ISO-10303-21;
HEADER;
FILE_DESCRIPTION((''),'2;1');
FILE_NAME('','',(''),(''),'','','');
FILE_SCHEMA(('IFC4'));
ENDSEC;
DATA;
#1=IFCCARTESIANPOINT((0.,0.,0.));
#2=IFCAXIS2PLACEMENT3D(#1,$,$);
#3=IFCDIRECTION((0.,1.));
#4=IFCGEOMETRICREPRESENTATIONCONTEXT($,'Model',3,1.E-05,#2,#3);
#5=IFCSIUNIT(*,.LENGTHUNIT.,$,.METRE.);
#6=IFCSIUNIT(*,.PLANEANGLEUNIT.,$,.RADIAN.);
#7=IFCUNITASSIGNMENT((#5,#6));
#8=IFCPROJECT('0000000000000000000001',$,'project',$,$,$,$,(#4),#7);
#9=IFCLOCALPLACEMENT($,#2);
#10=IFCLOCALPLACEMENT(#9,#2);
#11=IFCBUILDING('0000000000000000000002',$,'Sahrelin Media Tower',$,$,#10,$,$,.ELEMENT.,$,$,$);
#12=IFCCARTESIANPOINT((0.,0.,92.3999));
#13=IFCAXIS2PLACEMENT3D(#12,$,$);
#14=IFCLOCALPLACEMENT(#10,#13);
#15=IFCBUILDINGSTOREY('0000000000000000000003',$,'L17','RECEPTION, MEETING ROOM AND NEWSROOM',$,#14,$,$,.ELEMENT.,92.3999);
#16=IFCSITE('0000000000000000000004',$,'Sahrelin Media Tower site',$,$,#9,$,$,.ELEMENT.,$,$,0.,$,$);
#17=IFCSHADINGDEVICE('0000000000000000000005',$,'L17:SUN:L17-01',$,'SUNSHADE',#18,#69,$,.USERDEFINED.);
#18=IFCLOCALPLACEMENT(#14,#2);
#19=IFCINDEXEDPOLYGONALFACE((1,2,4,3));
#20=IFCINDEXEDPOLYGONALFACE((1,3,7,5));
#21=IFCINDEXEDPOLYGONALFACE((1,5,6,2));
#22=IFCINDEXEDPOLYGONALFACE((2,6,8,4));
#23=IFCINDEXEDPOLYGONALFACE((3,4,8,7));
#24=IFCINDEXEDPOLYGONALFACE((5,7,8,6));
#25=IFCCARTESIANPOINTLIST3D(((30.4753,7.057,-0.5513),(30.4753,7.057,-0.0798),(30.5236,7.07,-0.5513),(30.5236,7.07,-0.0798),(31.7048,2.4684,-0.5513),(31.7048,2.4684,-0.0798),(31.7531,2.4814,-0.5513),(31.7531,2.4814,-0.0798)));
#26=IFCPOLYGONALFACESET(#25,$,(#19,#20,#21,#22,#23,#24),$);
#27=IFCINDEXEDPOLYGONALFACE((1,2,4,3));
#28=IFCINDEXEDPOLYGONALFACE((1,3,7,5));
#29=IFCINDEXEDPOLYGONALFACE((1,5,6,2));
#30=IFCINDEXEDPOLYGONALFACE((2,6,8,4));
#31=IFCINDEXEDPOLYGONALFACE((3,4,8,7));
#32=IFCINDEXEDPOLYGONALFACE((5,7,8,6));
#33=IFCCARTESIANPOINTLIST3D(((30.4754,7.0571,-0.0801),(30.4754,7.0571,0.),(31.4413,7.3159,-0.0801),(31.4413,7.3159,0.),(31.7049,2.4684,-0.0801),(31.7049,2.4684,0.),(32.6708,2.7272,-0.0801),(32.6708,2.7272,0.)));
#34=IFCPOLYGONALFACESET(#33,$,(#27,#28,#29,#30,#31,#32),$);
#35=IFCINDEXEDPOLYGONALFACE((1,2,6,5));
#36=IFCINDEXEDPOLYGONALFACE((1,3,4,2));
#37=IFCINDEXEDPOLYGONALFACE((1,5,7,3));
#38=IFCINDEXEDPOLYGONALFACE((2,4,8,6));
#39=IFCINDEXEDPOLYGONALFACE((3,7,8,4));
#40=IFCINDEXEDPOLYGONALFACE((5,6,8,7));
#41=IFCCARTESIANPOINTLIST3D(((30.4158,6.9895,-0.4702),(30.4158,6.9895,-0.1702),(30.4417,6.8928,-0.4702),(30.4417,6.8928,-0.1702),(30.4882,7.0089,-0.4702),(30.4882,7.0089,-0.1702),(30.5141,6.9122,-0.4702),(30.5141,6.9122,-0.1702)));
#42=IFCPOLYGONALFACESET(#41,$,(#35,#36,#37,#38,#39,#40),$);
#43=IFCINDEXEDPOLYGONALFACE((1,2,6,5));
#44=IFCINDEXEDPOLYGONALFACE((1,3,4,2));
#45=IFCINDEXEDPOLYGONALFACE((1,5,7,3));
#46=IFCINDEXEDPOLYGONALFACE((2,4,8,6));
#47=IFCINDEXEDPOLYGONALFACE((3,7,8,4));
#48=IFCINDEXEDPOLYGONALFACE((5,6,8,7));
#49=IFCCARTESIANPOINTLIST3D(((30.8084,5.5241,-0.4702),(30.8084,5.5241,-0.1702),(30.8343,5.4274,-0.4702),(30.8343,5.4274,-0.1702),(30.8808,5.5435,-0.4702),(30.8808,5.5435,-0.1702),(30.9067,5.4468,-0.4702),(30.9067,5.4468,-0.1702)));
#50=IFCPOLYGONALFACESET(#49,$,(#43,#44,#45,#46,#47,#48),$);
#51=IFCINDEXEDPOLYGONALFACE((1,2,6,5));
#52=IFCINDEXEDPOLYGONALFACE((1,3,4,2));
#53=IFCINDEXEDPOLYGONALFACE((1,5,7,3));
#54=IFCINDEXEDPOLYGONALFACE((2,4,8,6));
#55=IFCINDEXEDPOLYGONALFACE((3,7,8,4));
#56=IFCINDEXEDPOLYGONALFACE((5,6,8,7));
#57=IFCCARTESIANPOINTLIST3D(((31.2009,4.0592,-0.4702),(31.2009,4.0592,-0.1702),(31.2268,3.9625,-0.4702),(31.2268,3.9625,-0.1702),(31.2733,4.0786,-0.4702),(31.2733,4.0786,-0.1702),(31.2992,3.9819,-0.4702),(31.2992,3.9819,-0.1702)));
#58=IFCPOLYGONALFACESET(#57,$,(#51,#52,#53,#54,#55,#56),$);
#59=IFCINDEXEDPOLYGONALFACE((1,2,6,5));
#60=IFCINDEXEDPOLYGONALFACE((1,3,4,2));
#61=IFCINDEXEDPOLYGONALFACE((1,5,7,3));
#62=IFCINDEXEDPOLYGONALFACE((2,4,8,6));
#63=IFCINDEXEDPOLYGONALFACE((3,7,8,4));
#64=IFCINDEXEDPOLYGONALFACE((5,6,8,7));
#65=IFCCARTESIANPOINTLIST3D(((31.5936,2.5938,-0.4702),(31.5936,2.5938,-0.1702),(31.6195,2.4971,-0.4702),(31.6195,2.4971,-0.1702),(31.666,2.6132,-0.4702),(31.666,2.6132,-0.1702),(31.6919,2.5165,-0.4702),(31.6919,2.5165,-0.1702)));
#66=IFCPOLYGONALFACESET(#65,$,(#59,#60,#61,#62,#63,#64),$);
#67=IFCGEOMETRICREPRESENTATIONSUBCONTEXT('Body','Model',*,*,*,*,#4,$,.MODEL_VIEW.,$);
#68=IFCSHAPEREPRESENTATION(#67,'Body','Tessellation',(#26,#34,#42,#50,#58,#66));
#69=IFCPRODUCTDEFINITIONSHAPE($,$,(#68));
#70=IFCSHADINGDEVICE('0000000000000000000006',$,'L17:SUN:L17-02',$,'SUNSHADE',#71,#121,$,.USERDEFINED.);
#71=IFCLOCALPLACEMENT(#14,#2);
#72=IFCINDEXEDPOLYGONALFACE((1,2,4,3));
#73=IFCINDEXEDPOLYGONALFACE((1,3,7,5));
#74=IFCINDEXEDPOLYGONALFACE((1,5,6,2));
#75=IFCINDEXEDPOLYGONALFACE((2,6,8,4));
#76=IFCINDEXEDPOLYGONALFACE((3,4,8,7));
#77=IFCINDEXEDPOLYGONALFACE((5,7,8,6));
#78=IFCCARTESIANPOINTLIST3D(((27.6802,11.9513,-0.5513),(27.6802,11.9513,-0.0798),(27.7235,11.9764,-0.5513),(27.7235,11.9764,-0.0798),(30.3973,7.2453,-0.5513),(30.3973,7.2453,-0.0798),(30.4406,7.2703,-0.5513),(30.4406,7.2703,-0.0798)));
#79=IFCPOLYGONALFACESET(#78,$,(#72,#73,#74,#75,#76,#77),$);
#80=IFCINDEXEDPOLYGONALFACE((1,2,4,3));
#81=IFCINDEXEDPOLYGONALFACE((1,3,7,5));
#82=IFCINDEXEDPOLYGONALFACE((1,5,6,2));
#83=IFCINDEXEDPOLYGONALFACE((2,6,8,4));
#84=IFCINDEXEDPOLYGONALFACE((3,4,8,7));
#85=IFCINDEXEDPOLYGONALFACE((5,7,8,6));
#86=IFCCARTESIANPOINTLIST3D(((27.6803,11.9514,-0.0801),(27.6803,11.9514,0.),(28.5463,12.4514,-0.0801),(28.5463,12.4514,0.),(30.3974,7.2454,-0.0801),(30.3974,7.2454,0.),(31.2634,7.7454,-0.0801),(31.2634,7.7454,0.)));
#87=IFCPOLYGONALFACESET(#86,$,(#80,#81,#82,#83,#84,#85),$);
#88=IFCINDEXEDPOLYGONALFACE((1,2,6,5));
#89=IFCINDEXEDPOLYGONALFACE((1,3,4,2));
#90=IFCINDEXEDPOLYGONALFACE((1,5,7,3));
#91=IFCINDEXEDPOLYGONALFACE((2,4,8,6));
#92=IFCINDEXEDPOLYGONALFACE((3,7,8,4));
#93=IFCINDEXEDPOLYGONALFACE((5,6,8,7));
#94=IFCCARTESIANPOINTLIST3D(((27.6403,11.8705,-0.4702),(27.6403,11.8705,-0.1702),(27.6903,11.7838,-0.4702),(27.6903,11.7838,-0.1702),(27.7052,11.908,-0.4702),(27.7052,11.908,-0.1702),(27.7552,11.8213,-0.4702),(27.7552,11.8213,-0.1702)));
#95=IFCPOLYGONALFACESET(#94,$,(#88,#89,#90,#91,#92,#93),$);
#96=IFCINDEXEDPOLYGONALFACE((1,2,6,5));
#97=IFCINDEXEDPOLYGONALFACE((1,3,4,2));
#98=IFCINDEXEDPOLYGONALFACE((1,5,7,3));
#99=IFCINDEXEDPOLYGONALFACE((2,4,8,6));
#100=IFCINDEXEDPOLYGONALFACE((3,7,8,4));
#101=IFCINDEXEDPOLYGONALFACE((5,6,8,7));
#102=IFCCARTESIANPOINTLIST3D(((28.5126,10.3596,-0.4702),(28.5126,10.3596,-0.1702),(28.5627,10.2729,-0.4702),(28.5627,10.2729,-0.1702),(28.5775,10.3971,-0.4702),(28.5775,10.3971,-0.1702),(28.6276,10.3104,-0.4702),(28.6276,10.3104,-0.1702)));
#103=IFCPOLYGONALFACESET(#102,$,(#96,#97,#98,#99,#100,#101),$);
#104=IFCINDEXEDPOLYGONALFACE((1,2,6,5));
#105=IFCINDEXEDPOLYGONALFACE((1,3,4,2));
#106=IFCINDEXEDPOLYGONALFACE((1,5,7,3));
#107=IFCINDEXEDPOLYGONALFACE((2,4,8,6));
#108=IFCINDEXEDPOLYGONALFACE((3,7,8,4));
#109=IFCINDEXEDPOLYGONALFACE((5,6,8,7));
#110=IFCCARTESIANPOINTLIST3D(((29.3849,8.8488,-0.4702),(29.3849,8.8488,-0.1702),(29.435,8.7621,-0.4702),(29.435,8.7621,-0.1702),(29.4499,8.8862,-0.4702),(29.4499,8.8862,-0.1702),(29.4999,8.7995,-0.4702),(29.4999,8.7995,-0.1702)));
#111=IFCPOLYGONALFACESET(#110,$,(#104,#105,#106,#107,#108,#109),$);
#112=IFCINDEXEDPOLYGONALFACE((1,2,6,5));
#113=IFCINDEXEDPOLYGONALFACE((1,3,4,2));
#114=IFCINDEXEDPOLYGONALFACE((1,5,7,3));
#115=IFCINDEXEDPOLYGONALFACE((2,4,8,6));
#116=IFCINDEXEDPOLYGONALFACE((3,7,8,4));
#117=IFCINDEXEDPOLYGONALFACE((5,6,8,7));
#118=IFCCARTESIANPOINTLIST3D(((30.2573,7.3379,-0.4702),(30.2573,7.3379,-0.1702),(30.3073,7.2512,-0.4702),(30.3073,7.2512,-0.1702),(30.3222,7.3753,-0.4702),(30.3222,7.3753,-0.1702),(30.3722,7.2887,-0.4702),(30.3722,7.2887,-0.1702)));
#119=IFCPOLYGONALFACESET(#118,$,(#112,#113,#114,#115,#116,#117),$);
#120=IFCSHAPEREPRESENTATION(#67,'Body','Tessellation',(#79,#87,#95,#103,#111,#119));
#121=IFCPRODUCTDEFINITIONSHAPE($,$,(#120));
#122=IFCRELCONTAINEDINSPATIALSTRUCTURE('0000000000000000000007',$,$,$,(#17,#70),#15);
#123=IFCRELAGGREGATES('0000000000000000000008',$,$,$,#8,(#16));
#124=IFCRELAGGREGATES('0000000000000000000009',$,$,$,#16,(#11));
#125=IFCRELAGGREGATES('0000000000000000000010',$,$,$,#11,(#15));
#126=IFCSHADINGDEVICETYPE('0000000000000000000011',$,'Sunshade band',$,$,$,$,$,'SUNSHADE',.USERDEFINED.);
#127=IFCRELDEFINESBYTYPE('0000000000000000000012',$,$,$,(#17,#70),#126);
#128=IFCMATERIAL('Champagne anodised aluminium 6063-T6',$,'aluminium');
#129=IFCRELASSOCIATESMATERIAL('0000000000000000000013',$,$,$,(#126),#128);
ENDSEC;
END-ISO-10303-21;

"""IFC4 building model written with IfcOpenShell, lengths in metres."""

from ifc_helpers import new_model, si_unit, direction, frame, origin, origin_2d, place, context, subcontext, project, spatial, rectangle, extrude, material, type_object, element, save


model = new_model("IFC4")

# Units and contexts
model_context = context("Model", 3, precision=1e-05, world=origin(), true_north=direction((0.0, 1.0)))
body_context = subcontext(model_context, "Body", "Model", "MODEL_VIEW")
ifc_project = project(units=[si_unit("LENGTHUNIT", "METRE"), si_unit("PLANEANGLEUNIT", "RADIAN")], contexts=[model_context])

# Site, building, storey
site_placement = place(None, origin())
site = spatial("IfcSite", under=ifc_project, at=site_placement, Name="Sahrelin Media Tower site", CompositionType="ELEMENT", RefElevation=0.0)
building_placement = place(site_placement, origin())
building = spatial("IfcBuilding", under=site, at=building_placement, Name="Sahrelin Media Tower", CompositionType="ELEMENT")
storey_placement = place(building_placement, frame((0.0, 0.0, 92.3999)))
storey = spatial("IfcBuildingStorey", under=building, at=storey_placement, Name="L17", Description="RECEPTION, MEETING ROOM AND NEWSROOM", CompositionType="ELEMENT", Elevation=92.3999)

# Shared definitions
ifc_material_1 = material(Name="Champagne anodised aluminium 6063-T6", Category="aluminium")

# Shading devices
placement_1 = place(storey_placement, frame((31.0708, 4.7576, 0.0), z_axis=(0.0, 0.0, 1.0), x_axis=(0.258808, -0.965929, 0.0)))
placement_2 = place(storey_placement, frame((29.0215, 9.5884, 0.0), z_axis=(0.0, 0.0, 1.0), x_axis=(0.500011, -0.866019, 0.0)))
shading_device_type_1 = type_object("IfcShadingDeviceType", Name="Sunshade band", ElementType="SUNSHADE", PredefinedType="USERDEFINED", material=ifc_material_1)
element("IfcShadingDevice", 1, at=placement_1, inside=storey, type_object=shading_device_type_1, Name="L17:SUN:L17-01", ObjectType="SUNSHADE", PredefinedType="USERDEFINED", context=body_context, shape_type="SweptSolid", body=[
    extrude(rectangle(XDim=4.7505, YDim=0.05, at=origin_2d()), frame((0.0, 0.0449, -0.5513)), (0.0, 0.0, 1.0), 0.4714),
    extrude(rectangle(XDim=4.7505, YDim=1.0, at=origin_2d()), frame((0.0, 0.52, -0.0801)), (0.0, 0.0, 1.0), 0.0801),
    extrude(rectangle(XDim=0.1001, YDim=0.075, at=origin_2d()), frame((-2.2754, -0.0176, -0.4702)), (0.0, 0.0, 1.0), 0.3),
    extrude(rectangle(XDim=0.1001, YDim=0.075, at=origin_2d()), frame((-0.7583, -0.0176, -0.4702)), (0.0, 0.0, 1.0), 0.3),
    extrude(rectangle(XDim=0.1001, YDim=0.075, at=origin_2d()), frame((0.7583, -0.0176, -0.4702)), (0.0, 0.0, 1.0), 0.3),
    extrude(rectangle(XDim=0.1001, YDim=0.075, at=origin_2d()), frame((2.2754, -0.0176, -0.4702)), (0.0, 0.0, 1.0), 0.3),
])
element("IfcShadingDevice", 2, at=placement_2, inside=storey, type_object=shading_device_type_1, Name="L17:SUN:L17-02", ObjectType="SUNSHADE", PredefinedType="USERDEFINED", context=body_context, shape_type="SweptSolid", body=[
    extrude(rectangle(XDim=5.4341, YDim=0.05, at=origin_2d()), frame((0.0, 0.0449, -0.5513)), (0.0, 0.0, 1.0), 0.4714),
    extrude(rectangle(XDim=5.4341, YDim=1.0, at=origin_2d()), frame((0.0, 0.52, -0.0801)), (0.0, 0.0, 1.0), 0.0801),
    extrude(rectangle(XDim=0.1001, YDim=0.075, at=origin_2d()), frame((-2.6169, -0.0176, -0.4702)), (0.0, 0.0, 1.0), 0.3),
    extrude(rectangle(XDim=0.1001, YDim=0.075, at=origin_2d()), frame((-0.8723, -0.0176, -0.4702)), (0.0, 0.0, 1.0), 0.3),
    extrude(rectangle(XDim=0.1001, YDim=0.075, at=origin_2d()), frame((0.8723, -0.0176, -0.4702)), (0.0, 0.0, 1.0), 0.3),
    extrude(rectangle(XDim=0.1001, YDim=0.075, at=origin_2d()), frame((2.6169, -0.0176, -0.4702)), (0.0, 0.0, 1.0), 0.3),
])

save(model, "model.ifc")
